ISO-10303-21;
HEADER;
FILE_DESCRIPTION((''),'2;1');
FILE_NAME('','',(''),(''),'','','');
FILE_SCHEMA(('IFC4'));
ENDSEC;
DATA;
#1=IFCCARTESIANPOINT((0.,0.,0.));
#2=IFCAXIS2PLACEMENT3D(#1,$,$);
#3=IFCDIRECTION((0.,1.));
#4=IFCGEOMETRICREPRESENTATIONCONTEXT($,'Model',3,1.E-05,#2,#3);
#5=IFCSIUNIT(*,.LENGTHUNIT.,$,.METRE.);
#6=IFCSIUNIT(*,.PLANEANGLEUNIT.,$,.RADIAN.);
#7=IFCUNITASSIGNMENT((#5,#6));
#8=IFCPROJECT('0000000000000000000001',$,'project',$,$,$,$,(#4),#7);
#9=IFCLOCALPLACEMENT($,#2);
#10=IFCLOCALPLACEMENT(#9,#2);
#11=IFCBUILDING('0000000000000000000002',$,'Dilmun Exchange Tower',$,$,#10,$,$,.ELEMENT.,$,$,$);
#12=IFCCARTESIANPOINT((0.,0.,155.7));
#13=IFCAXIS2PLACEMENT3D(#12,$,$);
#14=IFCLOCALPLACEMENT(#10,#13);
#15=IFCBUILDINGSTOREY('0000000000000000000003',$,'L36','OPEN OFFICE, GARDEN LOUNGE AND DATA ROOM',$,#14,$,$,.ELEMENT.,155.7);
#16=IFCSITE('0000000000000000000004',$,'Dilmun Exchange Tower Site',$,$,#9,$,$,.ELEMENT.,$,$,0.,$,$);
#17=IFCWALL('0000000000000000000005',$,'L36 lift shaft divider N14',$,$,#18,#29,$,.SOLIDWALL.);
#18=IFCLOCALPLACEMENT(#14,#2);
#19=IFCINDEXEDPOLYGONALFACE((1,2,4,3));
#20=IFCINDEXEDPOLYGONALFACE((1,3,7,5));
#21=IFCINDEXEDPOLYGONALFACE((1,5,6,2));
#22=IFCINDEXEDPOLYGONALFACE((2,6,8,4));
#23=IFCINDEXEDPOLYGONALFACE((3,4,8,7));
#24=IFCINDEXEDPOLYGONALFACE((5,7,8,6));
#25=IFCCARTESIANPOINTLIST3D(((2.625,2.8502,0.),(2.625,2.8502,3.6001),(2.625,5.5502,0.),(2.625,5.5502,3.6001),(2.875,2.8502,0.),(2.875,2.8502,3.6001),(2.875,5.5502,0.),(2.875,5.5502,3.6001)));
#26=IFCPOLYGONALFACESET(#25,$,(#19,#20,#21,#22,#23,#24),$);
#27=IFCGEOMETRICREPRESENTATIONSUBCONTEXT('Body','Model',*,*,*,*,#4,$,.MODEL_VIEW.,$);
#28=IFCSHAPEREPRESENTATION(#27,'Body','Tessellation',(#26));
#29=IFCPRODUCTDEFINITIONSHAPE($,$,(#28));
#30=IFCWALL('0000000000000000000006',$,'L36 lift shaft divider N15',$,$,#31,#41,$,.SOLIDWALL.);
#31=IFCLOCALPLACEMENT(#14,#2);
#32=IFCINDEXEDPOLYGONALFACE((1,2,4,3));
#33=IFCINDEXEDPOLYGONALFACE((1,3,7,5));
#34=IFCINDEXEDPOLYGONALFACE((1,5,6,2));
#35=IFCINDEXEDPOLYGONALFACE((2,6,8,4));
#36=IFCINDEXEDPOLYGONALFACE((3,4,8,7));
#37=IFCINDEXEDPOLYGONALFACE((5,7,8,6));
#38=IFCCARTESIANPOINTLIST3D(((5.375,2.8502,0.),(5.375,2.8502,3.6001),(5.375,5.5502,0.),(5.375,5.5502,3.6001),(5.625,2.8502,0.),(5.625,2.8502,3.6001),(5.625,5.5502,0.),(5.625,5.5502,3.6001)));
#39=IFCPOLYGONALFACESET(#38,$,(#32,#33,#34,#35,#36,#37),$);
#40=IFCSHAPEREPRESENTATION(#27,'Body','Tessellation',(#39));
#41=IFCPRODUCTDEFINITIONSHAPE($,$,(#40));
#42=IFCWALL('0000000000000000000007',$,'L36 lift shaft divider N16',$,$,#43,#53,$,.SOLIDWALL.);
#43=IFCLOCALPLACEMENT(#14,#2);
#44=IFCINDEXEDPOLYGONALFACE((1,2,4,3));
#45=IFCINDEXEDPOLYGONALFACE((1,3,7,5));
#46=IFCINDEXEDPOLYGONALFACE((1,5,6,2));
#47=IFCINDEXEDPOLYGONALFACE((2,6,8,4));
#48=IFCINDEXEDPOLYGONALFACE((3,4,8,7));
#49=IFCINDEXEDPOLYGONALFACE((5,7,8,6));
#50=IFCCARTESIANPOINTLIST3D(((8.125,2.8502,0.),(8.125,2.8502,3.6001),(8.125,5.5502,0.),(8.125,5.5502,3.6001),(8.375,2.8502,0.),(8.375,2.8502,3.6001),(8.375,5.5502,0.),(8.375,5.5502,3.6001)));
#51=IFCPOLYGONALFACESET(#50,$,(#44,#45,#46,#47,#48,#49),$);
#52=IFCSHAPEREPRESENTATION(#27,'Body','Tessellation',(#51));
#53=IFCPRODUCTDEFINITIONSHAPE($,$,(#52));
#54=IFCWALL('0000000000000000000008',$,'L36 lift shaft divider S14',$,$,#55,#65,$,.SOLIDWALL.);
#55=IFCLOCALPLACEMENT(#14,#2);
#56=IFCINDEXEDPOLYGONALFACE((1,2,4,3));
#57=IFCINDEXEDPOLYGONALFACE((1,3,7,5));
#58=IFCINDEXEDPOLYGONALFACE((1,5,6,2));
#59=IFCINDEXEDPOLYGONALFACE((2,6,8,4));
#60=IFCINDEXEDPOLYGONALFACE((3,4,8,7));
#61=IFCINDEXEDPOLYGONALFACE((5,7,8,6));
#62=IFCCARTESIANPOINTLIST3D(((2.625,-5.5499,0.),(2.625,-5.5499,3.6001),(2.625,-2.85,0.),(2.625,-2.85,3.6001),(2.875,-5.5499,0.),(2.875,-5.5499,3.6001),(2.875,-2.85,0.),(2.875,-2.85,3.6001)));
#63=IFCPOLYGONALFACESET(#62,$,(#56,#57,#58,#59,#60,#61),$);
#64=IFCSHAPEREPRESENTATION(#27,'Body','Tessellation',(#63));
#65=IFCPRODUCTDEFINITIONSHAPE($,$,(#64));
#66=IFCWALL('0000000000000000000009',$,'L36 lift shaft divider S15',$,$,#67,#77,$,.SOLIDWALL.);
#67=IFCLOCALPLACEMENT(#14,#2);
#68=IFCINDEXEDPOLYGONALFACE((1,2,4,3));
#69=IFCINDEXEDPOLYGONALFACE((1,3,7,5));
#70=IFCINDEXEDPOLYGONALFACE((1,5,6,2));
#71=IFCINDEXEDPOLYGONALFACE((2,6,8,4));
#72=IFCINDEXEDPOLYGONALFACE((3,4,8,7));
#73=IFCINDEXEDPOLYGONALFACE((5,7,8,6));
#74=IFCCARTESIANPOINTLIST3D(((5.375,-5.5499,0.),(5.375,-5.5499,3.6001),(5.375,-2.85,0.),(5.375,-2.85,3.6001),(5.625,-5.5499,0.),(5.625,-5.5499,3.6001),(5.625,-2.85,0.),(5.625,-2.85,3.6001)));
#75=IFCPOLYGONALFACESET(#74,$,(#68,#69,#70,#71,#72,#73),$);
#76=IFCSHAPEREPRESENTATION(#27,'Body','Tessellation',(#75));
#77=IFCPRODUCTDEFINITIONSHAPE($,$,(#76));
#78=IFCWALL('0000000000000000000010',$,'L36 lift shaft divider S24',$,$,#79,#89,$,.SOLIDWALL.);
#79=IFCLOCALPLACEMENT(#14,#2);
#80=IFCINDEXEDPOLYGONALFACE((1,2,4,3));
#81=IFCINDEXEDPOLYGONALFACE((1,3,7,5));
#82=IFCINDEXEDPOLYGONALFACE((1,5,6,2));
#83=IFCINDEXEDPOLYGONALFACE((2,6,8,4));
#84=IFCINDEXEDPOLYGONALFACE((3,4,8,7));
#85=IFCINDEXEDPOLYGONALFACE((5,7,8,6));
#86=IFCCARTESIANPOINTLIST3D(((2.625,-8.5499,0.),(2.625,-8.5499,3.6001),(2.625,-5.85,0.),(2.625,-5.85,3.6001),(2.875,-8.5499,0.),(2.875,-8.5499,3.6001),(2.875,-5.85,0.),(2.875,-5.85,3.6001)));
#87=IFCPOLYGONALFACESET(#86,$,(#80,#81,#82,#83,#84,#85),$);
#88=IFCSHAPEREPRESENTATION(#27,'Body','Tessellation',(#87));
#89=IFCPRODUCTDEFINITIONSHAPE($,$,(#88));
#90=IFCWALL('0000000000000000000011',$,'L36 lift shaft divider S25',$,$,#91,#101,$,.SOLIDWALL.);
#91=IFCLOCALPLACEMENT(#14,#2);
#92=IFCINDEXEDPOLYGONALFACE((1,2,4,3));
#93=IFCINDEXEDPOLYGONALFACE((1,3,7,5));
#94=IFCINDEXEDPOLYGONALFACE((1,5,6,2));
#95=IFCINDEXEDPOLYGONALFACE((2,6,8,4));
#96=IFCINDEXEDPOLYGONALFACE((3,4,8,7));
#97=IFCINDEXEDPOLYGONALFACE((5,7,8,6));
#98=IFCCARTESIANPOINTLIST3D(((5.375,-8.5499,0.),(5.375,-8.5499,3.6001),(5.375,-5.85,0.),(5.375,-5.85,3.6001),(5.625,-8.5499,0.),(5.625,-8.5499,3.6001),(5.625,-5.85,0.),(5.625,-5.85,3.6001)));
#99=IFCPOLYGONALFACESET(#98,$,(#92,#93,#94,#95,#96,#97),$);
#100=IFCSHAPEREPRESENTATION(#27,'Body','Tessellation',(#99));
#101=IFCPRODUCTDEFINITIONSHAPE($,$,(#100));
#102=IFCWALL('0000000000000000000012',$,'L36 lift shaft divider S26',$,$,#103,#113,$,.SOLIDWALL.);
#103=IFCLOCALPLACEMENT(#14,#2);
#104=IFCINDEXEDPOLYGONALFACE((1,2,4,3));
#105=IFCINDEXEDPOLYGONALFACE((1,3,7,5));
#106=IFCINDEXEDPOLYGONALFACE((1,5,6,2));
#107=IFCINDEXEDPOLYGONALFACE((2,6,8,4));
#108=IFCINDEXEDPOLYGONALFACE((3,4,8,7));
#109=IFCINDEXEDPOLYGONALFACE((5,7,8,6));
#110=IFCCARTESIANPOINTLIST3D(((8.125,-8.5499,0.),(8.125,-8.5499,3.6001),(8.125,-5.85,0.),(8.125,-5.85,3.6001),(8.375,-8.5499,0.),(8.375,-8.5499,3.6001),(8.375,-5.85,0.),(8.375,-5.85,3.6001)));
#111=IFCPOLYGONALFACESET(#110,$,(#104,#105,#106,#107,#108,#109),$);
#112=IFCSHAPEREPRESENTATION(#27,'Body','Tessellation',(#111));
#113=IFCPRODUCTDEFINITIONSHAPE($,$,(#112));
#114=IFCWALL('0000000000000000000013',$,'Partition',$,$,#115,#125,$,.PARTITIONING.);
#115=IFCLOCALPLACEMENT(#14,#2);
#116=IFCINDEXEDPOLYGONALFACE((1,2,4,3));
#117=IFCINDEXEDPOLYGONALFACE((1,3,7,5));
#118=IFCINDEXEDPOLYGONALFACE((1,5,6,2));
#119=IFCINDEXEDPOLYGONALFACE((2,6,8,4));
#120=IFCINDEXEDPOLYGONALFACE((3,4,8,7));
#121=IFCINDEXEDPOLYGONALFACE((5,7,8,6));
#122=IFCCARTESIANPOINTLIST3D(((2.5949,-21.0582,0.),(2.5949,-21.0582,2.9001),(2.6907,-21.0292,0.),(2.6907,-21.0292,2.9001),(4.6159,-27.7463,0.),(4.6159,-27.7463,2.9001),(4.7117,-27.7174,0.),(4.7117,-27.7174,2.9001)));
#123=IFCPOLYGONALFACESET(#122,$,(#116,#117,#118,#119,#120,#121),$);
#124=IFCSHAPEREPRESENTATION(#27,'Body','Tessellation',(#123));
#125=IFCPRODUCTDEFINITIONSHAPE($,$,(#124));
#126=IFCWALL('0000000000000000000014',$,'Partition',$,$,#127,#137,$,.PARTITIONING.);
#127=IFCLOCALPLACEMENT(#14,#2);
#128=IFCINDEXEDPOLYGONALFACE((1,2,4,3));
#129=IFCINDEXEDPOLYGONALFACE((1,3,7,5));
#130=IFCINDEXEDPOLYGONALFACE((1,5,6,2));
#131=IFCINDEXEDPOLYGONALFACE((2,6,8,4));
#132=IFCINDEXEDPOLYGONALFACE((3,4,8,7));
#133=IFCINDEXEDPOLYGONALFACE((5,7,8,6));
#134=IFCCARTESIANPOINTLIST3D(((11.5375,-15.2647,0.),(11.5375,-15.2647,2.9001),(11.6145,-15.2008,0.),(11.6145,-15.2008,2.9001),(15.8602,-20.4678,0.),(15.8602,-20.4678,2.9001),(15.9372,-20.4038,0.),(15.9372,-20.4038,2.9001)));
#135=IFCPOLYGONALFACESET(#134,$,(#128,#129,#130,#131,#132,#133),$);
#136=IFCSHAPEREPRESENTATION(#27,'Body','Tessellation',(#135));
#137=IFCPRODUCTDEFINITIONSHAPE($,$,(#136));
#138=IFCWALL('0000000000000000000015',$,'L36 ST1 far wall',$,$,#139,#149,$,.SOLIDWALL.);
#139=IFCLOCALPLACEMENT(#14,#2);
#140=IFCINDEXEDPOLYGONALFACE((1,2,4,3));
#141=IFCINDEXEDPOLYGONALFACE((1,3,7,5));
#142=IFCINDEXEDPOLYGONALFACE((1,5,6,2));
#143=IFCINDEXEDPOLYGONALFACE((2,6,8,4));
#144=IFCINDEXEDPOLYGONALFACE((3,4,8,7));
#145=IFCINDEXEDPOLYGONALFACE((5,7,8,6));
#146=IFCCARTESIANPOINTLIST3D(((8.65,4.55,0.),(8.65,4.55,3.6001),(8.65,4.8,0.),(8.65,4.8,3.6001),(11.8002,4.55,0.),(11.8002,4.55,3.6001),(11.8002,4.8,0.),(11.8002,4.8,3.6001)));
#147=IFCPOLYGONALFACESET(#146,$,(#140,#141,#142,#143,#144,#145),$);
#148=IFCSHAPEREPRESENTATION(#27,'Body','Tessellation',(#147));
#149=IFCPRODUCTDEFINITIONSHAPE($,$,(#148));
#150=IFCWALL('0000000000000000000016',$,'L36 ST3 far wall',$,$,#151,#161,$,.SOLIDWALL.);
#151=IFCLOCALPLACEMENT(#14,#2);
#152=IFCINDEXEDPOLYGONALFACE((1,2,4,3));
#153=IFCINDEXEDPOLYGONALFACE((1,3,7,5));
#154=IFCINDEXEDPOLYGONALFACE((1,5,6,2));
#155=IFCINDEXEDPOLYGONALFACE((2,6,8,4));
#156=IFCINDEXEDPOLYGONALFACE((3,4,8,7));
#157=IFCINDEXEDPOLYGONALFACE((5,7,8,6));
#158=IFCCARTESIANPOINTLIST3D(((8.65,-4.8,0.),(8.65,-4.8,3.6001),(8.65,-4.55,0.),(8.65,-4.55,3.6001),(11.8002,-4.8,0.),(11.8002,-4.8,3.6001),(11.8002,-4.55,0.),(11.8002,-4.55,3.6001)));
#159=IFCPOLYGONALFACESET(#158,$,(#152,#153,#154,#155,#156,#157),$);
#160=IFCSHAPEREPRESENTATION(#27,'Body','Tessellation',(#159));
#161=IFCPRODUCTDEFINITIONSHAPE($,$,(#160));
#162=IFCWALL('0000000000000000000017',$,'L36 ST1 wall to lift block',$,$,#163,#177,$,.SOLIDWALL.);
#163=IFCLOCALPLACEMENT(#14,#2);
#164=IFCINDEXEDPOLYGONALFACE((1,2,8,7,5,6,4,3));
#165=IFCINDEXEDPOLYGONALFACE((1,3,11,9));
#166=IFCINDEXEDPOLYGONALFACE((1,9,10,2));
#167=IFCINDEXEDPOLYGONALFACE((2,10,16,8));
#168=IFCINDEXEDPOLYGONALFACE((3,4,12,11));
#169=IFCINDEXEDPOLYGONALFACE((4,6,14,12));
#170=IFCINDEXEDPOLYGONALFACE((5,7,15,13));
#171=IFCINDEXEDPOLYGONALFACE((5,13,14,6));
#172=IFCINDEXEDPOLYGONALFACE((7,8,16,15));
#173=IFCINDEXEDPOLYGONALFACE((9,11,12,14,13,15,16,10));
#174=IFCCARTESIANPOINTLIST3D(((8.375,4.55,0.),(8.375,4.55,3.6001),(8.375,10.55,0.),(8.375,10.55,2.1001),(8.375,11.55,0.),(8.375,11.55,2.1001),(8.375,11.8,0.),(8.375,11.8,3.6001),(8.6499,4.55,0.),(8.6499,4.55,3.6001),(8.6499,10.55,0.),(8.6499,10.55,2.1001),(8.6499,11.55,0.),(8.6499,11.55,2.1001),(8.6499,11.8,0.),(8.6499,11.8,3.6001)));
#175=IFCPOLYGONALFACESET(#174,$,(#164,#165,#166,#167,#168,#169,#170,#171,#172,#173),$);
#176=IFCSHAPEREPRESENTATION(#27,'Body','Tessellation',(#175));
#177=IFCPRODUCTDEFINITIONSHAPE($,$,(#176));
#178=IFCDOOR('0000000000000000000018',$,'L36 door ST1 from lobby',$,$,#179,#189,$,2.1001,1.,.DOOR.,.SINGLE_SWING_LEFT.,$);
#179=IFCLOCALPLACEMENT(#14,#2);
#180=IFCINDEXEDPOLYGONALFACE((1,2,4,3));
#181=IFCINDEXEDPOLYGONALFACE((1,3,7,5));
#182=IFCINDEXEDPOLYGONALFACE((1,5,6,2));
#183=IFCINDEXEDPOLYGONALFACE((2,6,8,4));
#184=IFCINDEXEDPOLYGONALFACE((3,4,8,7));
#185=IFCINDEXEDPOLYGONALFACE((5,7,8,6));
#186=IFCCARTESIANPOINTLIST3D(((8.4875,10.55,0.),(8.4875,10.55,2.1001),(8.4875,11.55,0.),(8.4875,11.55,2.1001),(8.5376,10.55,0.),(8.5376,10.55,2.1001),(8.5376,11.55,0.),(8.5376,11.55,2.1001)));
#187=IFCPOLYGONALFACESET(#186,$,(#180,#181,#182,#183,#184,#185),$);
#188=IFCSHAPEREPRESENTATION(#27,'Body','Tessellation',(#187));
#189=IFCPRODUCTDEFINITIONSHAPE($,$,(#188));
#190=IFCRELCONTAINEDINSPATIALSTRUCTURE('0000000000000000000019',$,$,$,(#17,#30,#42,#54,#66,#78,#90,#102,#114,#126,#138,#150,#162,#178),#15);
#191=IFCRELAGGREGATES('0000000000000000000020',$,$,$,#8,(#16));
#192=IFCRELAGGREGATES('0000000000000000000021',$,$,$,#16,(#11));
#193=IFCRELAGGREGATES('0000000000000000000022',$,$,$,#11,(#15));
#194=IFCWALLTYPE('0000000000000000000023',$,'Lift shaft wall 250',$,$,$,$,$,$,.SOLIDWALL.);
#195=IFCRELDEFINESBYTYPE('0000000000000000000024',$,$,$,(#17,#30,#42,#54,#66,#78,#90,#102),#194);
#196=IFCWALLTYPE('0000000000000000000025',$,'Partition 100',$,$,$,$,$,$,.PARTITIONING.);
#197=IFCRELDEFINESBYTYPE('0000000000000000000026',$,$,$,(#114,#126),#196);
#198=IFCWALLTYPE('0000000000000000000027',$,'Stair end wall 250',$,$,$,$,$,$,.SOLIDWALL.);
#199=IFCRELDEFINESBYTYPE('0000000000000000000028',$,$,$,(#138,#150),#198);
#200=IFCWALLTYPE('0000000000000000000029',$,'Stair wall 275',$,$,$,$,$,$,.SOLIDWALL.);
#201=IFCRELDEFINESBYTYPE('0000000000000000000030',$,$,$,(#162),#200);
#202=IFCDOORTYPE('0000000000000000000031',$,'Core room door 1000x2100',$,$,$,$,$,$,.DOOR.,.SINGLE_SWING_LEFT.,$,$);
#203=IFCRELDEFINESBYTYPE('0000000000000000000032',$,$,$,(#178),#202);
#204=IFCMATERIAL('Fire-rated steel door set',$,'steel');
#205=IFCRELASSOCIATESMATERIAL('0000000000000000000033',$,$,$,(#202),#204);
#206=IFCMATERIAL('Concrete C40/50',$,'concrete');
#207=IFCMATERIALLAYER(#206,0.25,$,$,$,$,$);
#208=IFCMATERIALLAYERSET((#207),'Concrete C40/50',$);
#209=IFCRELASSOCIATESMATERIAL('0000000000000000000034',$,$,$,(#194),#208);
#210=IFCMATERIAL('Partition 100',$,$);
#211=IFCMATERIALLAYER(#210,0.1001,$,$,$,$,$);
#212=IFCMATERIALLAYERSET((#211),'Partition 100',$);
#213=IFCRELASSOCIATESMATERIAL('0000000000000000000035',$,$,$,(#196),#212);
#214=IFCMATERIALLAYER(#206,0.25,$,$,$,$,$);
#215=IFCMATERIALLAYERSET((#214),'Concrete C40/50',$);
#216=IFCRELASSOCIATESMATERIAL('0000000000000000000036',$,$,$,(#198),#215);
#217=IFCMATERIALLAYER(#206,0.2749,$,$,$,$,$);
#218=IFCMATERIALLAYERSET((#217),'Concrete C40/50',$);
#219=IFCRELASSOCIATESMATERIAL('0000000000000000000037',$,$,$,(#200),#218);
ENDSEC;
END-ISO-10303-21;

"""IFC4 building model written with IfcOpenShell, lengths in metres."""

from ifc_helpers import new_model, si_unit, direction, frame, frame_2d, origin, place, context, subcontext, project, spatial, rectangle, extrude, material, layer, layer_set, type_object, element, fill, save


model = new_model("IFC4")

# Units and contexts
model_context = context("Model", 3, precision=1e-05, world=origin(), true_north=direction((0.0, 1.0)))
body_context = subcontext(model_context, "Body", "Model", "MODEL_VIEW")
ifc_project = project(units=[si_unit("LENGTHUNIT", "METRE"), si_unit("PLANEANGLEUNIT", "RADIAN")], contexts=[model_context])

# Site, building, storey
site_placement = place(None, origin())
site = spatial("IfcSite", under=ifc_project, at=site_placement, Name="Dilmun Exchange Tower Site", CompositionType="ELEMENT", RefElevation=0.0)
building_placement = place(site_placement, origin())
building = spatial("IfcBuilding", under=site, at=building_placement, Name="Dilmun Exchange Tower", CompositionType="ELEMENT")
storey_placement = place(building_placement, frame((0.0, 0.0, 155.7)))
storey = spatial("IfcBuildingStorey", under=building, at=storey_placement, Name="L36", Description="OPEN OFFICE, GARDEN LOUNGE AND DATA ROOM", CompositionType="ELEMENT", Elevation=155.7)

# Shared definitions
ifc_material_1 = material(Name="Concrete C40/50", Category="concrete")

# Shared definitions
ifc_material_2 = material(Name="Fire-rated steel door set", Category="steel")
door_type_1 = type_object("IfcDoorType", Name="Core room door 1000x2100", OperationType="SINGLE_SWING_LEFT", PredefinedType="DOOR", material=ifc_material_2)

# Walls
ifc_layer_1 = layer(ifc_material_1, 0.25)
ifc_layer_set_1 = layer_set([ifc_layer_1], Name="Concrete C40/50")
wall_type_1 = type_object("IfcWallType", Name="Lift shaft wall 250", PredefinedType="SOLIDWALL", material=ifc_layer_set_1)
for number, where, z_axis, x_axis, name in (
    (1, (2.75, 2.8501, 0.0), (0.0, 0.0, 1.0), (0.0, 1.0, 0.0), "L36 lift shaft divider N14"),
    (2, (5.5, 2.8501, 0.0), (0.0, 0.0, 1.0), (0.0, 1.0, 0.0), "L36 lift shaft divider N15"),
    (3, (8.25, 2.8501, 0.0), (0.0, 0.0, 1.0), (0.0, 1.0, 0.0), "L36 lift shaft divider N16"),
    (4, (2.75, -5.55, 0.0), (0.0, 0.0, 1.0), (0.0, 1.0, 0.0), "L36 lift shaft divider S14"),
    (5, (5.5, -5.55, 0.0), (0.0, 0.0, 1.0), (0.0, 1.0, 0.0), "L36 lift shaft divider S15"),
    (6, (2.75, -8.55, 0.0), (0.0, 0.0, 1.0), (0.0, 1.0, 0.0), "L36 lift shaft divider S24"),
    (7, (5.5, -8.55, 0.0), (0.0, 0.0, 1.0), (0.0, 1.0, 0.0), "L36 lift shaft divider S25"),
    (8, (8.25, -8.55, 0.0), (0.0, 0.0, 1.0), (0.0, 1.0, 0.0), "L36 lift shaft divider S26"),
):
    element("IfcWall", number, at=place(storey_placement, frame(where, z_axis=z_axis, x_axis=x_axis)), inside=storey, type_object=wall_type_1, Name=name, PredefinedType="SOLIDWALL", context=body_context, shape_type="SweptSolid", body=[
        extrude(rectangle(XDim=2.7, YDim=0.25, at=frame_2d((1.3501, 0.0))), origin(), (0.0, 0.0, 1.0), 3.6001),
    ])
ifc_material_3 = material(Name="Partition 100")
ifc_layer_2 = layer(ifc_material_3, 0.1001)
ifc_layer_set_2 = layer_set([ifc_layer_2], Name="Partition 100")
wall_type_2 = type_object("IfcWallType", Name="Partition 100", PredefinedType="PARTITIONING", material=ifc_layer_set_2)
wall_1_placement = place(storey_placement, frame((2.6428, -21.0437, 0.0), z_axis=(0.0, 0.0, 1.0), x_axis=(0.289255, -0.957252, 0.0)))
element("IfcWall", 9, at=wall_1_placement, inside=storey, type_object=wall_type_2, Name="Partition", PredefinedType="PARTITIONING", context=body_context, shape_type="SweptSolid", body=[
    extrude(rectangle(XDim=6.9868, YDim=0.1001, at=frame_2d((3.4934, 0.0))), origin(), (0.0, 0.0, 1.0), 2.9001),
])
wall_2_placement = place(storey_placement, frame((11.5759, -15.2327, 0.0), z_axis=(0.0, 0.0, 1.0), x_axis=(0.639033, -0.769179, 0.0)))
element("IfcWall", 10, at=wall_2_placement, inside=storey, type_object=wall_type_2, Name="Partition", PredefinedType="PARTITIONING", context=body_context, shape_type="SweptSolid", body=[
    extrude(rectangle(XDim=6.7644, YDim=0.1001, at=frame_2d((3.3823, 0.0))), origin(), (0.0, 0.0, 1.0), 2.9001),
])
ifc_layer_3 = layer(ifc_material_1, 0.25)
ifc_layer_set_3 = layer_set([ifc_layer_3], Name="Concrete C40/50")
wall_type_3 = type_object("IfcWallType", Name="Stair end wall 250", PredefinedType="SOLIDWALL", material=ifc_layer_set_3)
for number, where, z_axis, x_axis, name in (
    (11, (8.6499, 4.675, 0.0), (0.0, 0.0, 1.0), (1.0, 0.0, 0.0), "L36 ST1 far wall"),
    (12, (8.6499, -4.675, 0.0), (0.0, 0.0, 1.0), (1.0, 0.0, 0.0), "L36 ST3 far wall"),
):
    element("IfcWall", number, at=place(storey_placement, frame(where, z_axis=z_axis, x_axis=x_axis)), inside=storey, type_object=wall_type_3, Name=name, PredefinedType="SOLIDWALL", context=body_context, shape_type="SweptSolid", body=[
        extrude(rectangle(XDim=3.1501, YDim=0.25, at=frame_2d((1.5752, 0.0))), origin(), (0.0, 0.0, 1.0), 3.6001),
    ])

# Wall, opening, door
ifc_layer_4 = layer(ifc_material_1, 0.2749)
ifc_layer_set_4 = layer_set([ifc_layer_4], Name="Concrete C40/50")
wall_type_4 = type_object("IfcWallType", Name="Stair wall 275", PredefinedType="SOLIDWALL", material=ifc_layer_set_4)
wall_3_placement = place(storey_placement, frame((8.5125, 4.55, 0.0), z_axis=(0.0, 0.0, 1.0), x_axis=(0.0, 1.0, 0.0)))
wall_3 = element("IfcWall", 13, at=wall_3_placement, inside=storey, type_object=wall_type_4, Name="L36 ST1 wall to lift block", PredefinedType="SOLIDWALL", context=body_context, shape_type="SweptSolid", body=[
    extrude(rectangle(XDim=7.25, YDim=0.2749, at=frame_2d((3.625, 0.0))), origin(), (0.0, 0.0, 1.0), 3.6001),
])
opening_1_placement = place(wall_3_placement, frame((6.0, 0.0, 0.0)))
opening_1 = element("IfcOpeningElement", 14, at=opening_1_placement, cuts=wall_3, PredefinedType="OPENING", context=body_context, shape_type="SweptSolid", body=[
    extrude(rectangle(XDim=1.0, YDim=2.1001, at=frame_2d((0.5, 1.05))), frame((0.0, 0.1475, 0.0), z_axis=(0.0, -1.0, 0.0), x_axis=(1.0, 0.0, 0.0)), (0.0, 0.0, 1.0), 0.2949),
])
door_1_placement = place(opening_1_placement, origin())
door_1 = element("IfcDoor", 15, at=door_1_placement, inside=storey, type_object=door_type_1, Name="L36 door ST1 from lobby", OperationType="SINGLE_SWING_LEFT", OverallHeight=2.1001, OverallWidth=1.0, PredefinedType="DOOR", context=body_context, shape_type="SweptSolid", body=[
    extrude(rectangle(XDim=1.0, YDim=2.1001, at=frame_2d((0.5, 1.05))), frame((0.0, 0.0249, 0.0), z_axis=(0.0, -1.0, 0.0), x_axis=(1.0, 0.0, 0.0)), (0.0, 0.0, 1.0), 0.05),
])
fill(opening_1, door_1)

save(model, "model.ifc")
